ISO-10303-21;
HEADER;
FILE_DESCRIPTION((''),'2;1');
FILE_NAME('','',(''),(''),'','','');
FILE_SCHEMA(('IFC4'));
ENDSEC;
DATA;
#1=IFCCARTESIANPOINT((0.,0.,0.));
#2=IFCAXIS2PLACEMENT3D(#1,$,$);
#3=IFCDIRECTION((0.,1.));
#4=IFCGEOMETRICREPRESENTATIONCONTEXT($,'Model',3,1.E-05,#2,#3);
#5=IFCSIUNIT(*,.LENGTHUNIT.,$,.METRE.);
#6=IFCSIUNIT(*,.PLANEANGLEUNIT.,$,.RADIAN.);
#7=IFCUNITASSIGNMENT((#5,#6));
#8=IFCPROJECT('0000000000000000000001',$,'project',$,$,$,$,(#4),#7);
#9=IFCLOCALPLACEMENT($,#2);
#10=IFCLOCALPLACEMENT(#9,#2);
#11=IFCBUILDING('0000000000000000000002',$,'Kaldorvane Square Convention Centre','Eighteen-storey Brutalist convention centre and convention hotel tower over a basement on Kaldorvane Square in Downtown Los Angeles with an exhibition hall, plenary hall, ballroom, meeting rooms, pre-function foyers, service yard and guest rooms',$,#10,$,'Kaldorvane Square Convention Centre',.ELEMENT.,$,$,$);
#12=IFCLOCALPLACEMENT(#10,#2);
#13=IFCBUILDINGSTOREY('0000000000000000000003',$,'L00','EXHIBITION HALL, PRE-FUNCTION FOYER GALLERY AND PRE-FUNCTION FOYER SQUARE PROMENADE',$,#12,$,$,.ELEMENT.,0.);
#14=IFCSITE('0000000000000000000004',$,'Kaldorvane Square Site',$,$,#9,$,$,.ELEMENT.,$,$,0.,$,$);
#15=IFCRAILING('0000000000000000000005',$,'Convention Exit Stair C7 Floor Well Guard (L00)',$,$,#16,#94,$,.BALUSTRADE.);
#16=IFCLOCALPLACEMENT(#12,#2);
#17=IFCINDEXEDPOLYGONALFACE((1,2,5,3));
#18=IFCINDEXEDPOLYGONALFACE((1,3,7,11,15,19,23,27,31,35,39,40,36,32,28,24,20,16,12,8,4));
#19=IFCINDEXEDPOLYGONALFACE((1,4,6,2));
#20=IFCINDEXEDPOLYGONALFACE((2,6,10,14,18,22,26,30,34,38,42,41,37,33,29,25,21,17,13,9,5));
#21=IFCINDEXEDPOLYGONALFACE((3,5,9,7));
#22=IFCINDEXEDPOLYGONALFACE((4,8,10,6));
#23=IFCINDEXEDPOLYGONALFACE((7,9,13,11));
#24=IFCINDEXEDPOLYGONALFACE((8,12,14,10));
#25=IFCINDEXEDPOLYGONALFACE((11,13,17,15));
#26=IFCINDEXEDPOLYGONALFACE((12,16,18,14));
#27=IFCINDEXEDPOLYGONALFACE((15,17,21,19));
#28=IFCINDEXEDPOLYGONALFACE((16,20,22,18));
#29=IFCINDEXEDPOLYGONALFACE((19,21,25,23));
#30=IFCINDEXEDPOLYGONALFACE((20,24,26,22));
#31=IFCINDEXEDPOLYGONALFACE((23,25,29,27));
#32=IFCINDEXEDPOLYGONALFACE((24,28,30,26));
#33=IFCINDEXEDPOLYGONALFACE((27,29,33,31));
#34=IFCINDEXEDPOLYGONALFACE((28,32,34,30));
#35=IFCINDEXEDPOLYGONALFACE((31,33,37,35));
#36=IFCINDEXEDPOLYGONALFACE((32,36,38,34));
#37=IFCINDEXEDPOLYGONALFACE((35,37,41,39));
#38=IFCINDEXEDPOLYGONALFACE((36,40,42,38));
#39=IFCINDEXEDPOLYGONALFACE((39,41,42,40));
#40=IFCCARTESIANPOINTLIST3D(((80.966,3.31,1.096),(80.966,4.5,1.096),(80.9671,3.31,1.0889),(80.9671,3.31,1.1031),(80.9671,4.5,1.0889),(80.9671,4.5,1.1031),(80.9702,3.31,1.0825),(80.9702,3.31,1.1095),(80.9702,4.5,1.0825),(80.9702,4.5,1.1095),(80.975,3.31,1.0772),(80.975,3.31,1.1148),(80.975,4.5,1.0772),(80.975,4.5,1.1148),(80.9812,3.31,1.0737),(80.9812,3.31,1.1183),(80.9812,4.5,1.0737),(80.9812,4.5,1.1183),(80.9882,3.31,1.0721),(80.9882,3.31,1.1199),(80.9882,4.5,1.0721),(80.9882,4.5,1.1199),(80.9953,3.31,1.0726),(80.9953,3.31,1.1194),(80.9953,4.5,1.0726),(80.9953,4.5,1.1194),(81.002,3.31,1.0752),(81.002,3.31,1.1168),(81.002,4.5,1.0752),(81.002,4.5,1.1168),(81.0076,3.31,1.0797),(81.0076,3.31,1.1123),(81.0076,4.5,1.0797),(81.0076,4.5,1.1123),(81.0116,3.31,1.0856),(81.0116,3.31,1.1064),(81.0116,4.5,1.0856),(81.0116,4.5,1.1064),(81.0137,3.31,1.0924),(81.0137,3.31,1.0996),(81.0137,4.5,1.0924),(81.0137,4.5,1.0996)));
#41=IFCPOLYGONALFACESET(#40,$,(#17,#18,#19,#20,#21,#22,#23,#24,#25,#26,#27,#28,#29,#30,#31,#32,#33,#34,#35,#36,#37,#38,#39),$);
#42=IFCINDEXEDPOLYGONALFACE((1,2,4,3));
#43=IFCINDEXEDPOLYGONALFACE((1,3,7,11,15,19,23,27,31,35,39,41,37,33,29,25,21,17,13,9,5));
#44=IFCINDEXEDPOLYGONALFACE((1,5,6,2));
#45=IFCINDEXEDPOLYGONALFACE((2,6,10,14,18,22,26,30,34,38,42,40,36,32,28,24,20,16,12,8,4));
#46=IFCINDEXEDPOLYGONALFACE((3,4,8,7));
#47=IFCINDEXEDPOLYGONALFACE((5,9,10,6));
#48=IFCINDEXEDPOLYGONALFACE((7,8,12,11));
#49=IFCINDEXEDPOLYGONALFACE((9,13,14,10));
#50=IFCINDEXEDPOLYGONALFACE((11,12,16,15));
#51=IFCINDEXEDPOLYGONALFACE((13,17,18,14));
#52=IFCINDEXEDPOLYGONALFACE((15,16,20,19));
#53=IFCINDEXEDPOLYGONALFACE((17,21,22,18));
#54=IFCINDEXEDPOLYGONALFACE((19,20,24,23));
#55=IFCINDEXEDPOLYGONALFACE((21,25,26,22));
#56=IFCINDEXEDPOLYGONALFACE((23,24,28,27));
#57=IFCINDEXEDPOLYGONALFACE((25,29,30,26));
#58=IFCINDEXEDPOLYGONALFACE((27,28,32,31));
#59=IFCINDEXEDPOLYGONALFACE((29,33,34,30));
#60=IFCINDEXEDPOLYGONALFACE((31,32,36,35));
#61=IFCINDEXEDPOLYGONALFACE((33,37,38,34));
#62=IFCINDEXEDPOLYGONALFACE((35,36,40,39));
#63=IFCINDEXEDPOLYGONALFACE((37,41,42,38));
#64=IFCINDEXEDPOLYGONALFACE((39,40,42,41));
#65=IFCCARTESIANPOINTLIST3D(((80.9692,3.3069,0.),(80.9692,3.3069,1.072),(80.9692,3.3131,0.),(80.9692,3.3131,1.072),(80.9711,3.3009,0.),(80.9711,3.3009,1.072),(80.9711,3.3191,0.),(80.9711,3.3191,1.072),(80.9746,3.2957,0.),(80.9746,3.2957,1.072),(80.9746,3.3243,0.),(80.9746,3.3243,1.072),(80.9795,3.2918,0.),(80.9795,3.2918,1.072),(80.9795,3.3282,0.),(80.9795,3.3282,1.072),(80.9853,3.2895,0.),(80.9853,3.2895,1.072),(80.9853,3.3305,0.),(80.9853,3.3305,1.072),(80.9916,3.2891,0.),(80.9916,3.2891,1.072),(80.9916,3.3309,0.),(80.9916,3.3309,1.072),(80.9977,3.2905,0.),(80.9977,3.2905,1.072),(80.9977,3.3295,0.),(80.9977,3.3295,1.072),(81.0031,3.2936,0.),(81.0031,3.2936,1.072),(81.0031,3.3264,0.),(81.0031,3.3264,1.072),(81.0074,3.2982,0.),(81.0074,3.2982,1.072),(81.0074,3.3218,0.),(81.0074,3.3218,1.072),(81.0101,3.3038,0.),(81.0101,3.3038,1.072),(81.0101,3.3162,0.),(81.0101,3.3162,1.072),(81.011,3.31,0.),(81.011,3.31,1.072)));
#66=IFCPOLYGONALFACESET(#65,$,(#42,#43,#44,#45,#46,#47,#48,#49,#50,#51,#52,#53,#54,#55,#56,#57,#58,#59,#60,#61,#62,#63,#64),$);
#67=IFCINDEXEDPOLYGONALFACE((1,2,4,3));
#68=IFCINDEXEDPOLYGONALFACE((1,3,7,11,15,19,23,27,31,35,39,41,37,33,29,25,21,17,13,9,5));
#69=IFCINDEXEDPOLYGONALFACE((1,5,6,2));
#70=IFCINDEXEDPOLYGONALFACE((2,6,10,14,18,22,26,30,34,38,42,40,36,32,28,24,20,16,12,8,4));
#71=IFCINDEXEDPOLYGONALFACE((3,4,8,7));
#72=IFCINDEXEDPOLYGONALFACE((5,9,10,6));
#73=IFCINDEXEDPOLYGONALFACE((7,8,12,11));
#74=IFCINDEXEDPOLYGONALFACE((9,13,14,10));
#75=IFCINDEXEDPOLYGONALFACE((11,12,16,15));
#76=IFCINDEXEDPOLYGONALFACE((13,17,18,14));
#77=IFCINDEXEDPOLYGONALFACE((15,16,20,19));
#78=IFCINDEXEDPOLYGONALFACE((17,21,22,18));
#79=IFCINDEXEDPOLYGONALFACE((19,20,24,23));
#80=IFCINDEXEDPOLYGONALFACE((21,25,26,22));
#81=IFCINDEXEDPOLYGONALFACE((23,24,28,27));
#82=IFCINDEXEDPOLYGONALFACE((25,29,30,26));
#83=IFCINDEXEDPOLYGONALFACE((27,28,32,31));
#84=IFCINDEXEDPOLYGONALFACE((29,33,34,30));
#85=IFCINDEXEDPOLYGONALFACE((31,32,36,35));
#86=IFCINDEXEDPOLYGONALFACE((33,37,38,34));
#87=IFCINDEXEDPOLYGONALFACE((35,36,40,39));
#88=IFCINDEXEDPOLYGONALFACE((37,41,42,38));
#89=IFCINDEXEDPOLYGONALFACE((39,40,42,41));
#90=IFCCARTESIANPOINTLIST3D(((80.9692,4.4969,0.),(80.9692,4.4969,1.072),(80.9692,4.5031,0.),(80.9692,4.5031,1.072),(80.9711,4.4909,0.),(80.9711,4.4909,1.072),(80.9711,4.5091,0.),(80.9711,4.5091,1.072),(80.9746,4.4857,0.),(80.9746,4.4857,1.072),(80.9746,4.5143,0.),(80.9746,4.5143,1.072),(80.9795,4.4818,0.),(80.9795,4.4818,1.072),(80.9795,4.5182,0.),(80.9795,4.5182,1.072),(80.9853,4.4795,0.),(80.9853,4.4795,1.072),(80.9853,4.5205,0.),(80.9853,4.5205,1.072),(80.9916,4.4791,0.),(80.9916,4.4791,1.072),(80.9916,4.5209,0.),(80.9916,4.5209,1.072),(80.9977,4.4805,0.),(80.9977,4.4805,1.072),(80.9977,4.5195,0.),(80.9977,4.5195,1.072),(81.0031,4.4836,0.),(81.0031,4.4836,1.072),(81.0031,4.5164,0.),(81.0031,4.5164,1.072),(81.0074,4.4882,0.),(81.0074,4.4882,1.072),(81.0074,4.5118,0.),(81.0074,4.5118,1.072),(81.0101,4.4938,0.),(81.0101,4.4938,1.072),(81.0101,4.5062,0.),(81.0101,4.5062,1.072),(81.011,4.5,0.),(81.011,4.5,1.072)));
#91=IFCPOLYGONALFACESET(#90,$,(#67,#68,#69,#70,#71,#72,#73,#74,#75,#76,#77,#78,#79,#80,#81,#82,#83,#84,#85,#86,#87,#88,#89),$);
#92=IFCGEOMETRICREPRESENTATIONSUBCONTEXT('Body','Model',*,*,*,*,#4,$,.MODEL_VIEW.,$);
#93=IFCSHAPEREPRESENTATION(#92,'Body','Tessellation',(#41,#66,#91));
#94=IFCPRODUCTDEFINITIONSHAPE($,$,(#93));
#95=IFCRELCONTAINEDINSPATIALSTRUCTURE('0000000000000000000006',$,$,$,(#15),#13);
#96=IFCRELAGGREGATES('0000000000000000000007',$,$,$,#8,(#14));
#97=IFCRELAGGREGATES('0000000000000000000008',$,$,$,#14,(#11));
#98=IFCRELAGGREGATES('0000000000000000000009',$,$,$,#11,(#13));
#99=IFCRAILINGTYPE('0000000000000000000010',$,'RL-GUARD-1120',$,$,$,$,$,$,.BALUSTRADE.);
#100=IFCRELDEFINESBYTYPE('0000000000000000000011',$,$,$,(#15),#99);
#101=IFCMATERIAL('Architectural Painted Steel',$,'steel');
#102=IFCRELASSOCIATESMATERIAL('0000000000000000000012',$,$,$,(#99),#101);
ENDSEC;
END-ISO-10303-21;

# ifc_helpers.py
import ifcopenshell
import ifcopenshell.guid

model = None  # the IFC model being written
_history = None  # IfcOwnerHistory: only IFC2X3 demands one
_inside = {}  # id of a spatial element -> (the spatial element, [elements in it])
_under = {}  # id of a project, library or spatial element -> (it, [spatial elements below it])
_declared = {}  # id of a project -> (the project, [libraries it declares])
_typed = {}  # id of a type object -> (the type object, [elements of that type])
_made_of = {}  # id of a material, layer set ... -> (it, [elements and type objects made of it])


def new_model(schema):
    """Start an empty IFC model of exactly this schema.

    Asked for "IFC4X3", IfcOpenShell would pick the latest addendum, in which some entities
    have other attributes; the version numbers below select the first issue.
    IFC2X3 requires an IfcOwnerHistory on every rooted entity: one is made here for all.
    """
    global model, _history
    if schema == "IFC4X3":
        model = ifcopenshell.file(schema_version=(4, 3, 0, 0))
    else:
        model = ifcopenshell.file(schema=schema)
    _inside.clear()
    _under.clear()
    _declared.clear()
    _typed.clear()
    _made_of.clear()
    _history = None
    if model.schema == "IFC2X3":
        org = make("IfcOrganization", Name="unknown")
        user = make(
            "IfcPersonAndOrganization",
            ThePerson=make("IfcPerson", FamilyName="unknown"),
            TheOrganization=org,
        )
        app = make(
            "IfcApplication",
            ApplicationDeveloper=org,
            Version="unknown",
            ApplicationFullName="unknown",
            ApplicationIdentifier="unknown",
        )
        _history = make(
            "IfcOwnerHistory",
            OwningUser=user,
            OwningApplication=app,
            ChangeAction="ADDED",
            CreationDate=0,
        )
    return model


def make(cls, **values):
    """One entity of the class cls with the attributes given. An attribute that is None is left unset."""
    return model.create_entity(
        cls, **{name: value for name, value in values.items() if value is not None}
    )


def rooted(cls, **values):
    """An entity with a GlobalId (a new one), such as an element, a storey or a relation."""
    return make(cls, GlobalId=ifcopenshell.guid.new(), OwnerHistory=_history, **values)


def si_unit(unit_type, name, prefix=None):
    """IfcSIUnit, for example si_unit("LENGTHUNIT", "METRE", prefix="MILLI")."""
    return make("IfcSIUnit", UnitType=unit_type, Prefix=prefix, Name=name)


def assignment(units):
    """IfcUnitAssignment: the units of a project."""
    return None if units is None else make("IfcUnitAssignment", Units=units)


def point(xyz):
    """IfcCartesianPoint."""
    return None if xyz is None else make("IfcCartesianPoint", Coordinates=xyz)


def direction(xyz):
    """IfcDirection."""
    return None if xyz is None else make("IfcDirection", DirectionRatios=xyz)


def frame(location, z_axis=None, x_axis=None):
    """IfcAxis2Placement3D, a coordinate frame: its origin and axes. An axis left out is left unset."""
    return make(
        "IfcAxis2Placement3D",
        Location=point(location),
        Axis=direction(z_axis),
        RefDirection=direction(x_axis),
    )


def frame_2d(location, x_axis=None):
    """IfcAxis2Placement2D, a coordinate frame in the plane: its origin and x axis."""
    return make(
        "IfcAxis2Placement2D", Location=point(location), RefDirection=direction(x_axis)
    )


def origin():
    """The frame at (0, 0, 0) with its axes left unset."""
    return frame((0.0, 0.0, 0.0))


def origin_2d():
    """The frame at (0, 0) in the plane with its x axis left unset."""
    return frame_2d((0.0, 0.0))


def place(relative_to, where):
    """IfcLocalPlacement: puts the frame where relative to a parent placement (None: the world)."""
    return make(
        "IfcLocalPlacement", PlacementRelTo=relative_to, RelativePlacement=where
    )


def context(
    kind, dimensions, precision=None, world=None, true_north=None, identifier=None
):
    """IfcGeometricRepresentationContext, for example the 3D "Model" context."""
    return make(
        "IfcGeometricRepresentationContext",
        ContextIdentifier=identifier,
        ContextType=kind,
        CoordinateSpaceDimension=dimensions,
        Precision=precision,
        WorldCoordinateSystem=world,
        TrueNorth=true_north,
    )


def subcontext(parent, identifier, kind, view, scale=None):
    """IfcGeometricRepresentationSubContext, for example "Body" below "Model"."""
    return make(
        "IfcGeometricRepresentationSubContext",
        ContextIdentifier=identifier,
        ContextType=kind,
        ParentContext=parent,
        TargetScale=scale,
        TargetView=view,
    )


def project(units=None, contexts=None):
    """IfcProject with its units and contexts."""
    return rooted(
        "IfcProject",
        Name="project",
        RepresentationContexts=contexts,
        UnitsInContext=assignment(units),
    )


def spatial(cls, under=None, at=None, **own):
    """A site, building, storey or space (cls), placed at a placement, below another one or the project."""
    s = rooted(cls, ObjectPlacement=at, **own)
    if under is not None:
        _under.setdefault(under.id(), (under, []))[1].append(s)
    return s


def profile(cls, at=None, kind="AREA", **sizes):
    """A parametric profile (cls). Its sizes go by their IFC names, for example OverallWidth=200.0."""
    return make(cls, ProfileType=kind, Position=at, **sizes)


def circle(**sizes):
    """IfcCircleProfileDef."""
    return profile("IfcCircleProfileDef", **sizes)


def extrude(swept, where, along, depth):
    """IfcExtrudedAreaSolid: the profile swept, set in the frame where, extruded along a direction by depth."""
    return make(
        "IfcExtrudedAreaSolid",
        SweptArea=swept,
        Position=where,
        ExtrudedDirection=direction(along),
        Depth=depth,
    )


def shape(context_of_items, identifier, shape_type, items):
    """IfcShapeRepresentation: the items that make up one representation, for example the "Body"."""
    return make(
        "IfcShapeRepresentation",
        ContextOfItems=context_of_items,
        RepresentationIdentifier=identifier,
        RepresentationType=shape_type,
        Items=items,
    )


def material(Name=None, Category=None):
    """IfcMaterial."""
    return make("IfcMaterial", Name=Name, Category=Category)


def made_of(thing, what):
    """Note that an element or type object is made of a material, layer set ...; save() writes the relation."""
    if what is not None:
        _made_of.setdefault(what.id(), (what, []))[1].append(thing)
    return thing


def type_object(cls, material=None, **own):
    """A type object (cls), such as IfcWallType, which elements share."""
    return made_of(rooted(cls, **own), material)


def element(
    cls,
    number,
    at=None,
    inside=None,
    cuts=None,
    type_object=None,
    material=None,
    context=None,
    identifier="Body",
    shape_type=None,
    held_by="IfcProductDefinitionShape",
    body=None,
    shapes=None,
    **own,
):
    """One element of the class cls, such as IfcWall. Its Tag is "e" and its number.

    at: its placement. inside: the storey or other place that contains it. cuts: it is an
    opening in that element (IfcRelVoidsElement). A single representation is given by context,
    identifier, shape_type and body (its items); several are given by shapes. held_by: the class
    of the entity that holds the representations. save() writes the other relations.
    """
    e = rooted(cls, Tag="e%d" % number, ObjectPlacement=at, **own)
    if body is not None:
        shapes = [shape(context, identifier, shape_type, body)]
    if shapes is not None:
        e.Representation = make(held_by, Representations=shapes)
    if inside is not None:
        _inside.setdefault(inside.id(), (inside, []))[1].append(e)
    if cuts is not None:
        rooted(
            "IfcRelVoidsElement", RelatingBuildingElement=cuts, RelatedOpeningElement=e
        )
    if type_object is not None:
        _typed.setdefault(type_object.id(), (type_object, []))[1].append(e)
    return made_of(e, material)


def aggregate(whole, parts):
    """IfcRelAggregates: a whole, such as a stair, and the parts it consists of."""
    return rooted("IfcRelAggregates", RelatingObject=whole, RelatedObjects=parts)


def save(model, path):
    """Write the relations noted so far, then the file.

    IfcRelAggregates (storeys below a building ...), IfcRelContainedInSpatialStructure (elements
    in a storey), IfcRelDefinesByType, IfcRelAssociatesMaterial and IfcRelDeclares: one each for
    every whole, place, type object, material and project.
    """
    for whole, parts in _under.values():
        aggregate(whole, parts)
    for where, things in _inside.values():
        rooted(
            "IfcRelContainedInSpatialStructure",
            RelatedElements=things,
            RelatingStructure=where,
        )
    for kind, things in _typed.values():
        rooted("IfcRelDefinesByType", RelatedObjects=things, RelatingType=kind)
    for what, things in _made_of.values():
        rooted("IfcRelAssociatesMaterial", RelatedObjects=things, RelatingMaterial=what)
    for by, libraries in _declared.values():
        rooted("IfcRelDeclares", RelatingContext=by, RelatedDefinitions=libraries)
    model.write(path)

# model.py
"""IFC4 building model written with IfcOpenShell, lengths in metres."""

from ifc_helpers import new_model, si_unit, direction, frame, origin, origin_2d, place, context, subcontext, project, spatial, circle, extrude, material, type_object, element, save


model = new_model("IFC4")

# Units and contexts
model_context = context("Model", 3, precision=1e-05, world=origin(), true_north=direction((0.0, 1.0)))
body_context = subcontext(model_context, "Body", "Model", "MODEL_VIEW")
ifc_project = project(units=[si_unit("LENGTHUNIT", "METRE"), si_unit("PLANEANGLEUNIT", "RADIAN")], contexts=[model_context])

# Site, building, storey
site_placement = place(None, origin())
site = spatial("IfcSite", under=ifc_project, at=site_placement, Name="Kaldorvane Square Site", CompositionType="ELEMENT", RefElevation=0.0)
building_placement = place(site_placement, origin())
building = spatial("IfcBuilding", under=site, at=building_placement, Name="Kaldorvane Square Convention Centre", Description="Eighteen-storey Brutalist convention centre and convention hotel tower over a basement on Kaldorvane Square in Downtown Los Angeles with an exhibition hall, plenary hall, ballroom, meeting rooms, pre-function foyers, service yard and guest rooms", LongName="Kaldorvane Square Convention Centre", CompositionType="ELEMENT")
storey_placement = place(building_placement, origin())
storey = spatial("IfcBuildingStorey", under=building, at=storey_placement, Name="L00", Description="EXHIBITION HALL, PRE-FUNCTION FOYER GALLERY AND PRE-FUNCTION FOYER SQUARE PROMENADE", CompositionType="ELEMENT", Elevation=0.0)

# Railing
ifc_material_1 = material(Name="Architectural Painted Steel", Category="steel")
railing_type_1 = type_object("IfcRailingType", Name="RL-GUARD-1120", PredefinedType="BALUSTRADE", material=ifc_material_1)
railing_1_placement = place(storey_placement, frame((80.99, 3.31, 0.0)))
element("IfcRailing", 1, at=railing_1_placement, inside=storey, type_object=railing_type_1, Name="Convention Exit Stair C7 Floor Well Guard (L00)", PredefinedType="BALUSTRADE", context=body_context, shape_type="SweptSolid", body=[
    extrude(circle(Radius=0.024, at=origin_2d()), frame((0.0, 0.0, 1.096), z_axis=(0.0, 1.0, 0.0), x_axis=(-1.0, 0.0, 0.0)), (0.0, 0.0, 1.0), 1.19),
    extrude(circle(Radius=0.021, at=origin_2d()), origin(), (0.0, 0.0, 1.0), 1.072),
    extrude(circle(Radius=0.021, at=origin_2d()), frame((0.0, 1.19, 0.0)), (0.0, 0.0, 1.0), 1.072),
])

save(model, "model.ifc")
